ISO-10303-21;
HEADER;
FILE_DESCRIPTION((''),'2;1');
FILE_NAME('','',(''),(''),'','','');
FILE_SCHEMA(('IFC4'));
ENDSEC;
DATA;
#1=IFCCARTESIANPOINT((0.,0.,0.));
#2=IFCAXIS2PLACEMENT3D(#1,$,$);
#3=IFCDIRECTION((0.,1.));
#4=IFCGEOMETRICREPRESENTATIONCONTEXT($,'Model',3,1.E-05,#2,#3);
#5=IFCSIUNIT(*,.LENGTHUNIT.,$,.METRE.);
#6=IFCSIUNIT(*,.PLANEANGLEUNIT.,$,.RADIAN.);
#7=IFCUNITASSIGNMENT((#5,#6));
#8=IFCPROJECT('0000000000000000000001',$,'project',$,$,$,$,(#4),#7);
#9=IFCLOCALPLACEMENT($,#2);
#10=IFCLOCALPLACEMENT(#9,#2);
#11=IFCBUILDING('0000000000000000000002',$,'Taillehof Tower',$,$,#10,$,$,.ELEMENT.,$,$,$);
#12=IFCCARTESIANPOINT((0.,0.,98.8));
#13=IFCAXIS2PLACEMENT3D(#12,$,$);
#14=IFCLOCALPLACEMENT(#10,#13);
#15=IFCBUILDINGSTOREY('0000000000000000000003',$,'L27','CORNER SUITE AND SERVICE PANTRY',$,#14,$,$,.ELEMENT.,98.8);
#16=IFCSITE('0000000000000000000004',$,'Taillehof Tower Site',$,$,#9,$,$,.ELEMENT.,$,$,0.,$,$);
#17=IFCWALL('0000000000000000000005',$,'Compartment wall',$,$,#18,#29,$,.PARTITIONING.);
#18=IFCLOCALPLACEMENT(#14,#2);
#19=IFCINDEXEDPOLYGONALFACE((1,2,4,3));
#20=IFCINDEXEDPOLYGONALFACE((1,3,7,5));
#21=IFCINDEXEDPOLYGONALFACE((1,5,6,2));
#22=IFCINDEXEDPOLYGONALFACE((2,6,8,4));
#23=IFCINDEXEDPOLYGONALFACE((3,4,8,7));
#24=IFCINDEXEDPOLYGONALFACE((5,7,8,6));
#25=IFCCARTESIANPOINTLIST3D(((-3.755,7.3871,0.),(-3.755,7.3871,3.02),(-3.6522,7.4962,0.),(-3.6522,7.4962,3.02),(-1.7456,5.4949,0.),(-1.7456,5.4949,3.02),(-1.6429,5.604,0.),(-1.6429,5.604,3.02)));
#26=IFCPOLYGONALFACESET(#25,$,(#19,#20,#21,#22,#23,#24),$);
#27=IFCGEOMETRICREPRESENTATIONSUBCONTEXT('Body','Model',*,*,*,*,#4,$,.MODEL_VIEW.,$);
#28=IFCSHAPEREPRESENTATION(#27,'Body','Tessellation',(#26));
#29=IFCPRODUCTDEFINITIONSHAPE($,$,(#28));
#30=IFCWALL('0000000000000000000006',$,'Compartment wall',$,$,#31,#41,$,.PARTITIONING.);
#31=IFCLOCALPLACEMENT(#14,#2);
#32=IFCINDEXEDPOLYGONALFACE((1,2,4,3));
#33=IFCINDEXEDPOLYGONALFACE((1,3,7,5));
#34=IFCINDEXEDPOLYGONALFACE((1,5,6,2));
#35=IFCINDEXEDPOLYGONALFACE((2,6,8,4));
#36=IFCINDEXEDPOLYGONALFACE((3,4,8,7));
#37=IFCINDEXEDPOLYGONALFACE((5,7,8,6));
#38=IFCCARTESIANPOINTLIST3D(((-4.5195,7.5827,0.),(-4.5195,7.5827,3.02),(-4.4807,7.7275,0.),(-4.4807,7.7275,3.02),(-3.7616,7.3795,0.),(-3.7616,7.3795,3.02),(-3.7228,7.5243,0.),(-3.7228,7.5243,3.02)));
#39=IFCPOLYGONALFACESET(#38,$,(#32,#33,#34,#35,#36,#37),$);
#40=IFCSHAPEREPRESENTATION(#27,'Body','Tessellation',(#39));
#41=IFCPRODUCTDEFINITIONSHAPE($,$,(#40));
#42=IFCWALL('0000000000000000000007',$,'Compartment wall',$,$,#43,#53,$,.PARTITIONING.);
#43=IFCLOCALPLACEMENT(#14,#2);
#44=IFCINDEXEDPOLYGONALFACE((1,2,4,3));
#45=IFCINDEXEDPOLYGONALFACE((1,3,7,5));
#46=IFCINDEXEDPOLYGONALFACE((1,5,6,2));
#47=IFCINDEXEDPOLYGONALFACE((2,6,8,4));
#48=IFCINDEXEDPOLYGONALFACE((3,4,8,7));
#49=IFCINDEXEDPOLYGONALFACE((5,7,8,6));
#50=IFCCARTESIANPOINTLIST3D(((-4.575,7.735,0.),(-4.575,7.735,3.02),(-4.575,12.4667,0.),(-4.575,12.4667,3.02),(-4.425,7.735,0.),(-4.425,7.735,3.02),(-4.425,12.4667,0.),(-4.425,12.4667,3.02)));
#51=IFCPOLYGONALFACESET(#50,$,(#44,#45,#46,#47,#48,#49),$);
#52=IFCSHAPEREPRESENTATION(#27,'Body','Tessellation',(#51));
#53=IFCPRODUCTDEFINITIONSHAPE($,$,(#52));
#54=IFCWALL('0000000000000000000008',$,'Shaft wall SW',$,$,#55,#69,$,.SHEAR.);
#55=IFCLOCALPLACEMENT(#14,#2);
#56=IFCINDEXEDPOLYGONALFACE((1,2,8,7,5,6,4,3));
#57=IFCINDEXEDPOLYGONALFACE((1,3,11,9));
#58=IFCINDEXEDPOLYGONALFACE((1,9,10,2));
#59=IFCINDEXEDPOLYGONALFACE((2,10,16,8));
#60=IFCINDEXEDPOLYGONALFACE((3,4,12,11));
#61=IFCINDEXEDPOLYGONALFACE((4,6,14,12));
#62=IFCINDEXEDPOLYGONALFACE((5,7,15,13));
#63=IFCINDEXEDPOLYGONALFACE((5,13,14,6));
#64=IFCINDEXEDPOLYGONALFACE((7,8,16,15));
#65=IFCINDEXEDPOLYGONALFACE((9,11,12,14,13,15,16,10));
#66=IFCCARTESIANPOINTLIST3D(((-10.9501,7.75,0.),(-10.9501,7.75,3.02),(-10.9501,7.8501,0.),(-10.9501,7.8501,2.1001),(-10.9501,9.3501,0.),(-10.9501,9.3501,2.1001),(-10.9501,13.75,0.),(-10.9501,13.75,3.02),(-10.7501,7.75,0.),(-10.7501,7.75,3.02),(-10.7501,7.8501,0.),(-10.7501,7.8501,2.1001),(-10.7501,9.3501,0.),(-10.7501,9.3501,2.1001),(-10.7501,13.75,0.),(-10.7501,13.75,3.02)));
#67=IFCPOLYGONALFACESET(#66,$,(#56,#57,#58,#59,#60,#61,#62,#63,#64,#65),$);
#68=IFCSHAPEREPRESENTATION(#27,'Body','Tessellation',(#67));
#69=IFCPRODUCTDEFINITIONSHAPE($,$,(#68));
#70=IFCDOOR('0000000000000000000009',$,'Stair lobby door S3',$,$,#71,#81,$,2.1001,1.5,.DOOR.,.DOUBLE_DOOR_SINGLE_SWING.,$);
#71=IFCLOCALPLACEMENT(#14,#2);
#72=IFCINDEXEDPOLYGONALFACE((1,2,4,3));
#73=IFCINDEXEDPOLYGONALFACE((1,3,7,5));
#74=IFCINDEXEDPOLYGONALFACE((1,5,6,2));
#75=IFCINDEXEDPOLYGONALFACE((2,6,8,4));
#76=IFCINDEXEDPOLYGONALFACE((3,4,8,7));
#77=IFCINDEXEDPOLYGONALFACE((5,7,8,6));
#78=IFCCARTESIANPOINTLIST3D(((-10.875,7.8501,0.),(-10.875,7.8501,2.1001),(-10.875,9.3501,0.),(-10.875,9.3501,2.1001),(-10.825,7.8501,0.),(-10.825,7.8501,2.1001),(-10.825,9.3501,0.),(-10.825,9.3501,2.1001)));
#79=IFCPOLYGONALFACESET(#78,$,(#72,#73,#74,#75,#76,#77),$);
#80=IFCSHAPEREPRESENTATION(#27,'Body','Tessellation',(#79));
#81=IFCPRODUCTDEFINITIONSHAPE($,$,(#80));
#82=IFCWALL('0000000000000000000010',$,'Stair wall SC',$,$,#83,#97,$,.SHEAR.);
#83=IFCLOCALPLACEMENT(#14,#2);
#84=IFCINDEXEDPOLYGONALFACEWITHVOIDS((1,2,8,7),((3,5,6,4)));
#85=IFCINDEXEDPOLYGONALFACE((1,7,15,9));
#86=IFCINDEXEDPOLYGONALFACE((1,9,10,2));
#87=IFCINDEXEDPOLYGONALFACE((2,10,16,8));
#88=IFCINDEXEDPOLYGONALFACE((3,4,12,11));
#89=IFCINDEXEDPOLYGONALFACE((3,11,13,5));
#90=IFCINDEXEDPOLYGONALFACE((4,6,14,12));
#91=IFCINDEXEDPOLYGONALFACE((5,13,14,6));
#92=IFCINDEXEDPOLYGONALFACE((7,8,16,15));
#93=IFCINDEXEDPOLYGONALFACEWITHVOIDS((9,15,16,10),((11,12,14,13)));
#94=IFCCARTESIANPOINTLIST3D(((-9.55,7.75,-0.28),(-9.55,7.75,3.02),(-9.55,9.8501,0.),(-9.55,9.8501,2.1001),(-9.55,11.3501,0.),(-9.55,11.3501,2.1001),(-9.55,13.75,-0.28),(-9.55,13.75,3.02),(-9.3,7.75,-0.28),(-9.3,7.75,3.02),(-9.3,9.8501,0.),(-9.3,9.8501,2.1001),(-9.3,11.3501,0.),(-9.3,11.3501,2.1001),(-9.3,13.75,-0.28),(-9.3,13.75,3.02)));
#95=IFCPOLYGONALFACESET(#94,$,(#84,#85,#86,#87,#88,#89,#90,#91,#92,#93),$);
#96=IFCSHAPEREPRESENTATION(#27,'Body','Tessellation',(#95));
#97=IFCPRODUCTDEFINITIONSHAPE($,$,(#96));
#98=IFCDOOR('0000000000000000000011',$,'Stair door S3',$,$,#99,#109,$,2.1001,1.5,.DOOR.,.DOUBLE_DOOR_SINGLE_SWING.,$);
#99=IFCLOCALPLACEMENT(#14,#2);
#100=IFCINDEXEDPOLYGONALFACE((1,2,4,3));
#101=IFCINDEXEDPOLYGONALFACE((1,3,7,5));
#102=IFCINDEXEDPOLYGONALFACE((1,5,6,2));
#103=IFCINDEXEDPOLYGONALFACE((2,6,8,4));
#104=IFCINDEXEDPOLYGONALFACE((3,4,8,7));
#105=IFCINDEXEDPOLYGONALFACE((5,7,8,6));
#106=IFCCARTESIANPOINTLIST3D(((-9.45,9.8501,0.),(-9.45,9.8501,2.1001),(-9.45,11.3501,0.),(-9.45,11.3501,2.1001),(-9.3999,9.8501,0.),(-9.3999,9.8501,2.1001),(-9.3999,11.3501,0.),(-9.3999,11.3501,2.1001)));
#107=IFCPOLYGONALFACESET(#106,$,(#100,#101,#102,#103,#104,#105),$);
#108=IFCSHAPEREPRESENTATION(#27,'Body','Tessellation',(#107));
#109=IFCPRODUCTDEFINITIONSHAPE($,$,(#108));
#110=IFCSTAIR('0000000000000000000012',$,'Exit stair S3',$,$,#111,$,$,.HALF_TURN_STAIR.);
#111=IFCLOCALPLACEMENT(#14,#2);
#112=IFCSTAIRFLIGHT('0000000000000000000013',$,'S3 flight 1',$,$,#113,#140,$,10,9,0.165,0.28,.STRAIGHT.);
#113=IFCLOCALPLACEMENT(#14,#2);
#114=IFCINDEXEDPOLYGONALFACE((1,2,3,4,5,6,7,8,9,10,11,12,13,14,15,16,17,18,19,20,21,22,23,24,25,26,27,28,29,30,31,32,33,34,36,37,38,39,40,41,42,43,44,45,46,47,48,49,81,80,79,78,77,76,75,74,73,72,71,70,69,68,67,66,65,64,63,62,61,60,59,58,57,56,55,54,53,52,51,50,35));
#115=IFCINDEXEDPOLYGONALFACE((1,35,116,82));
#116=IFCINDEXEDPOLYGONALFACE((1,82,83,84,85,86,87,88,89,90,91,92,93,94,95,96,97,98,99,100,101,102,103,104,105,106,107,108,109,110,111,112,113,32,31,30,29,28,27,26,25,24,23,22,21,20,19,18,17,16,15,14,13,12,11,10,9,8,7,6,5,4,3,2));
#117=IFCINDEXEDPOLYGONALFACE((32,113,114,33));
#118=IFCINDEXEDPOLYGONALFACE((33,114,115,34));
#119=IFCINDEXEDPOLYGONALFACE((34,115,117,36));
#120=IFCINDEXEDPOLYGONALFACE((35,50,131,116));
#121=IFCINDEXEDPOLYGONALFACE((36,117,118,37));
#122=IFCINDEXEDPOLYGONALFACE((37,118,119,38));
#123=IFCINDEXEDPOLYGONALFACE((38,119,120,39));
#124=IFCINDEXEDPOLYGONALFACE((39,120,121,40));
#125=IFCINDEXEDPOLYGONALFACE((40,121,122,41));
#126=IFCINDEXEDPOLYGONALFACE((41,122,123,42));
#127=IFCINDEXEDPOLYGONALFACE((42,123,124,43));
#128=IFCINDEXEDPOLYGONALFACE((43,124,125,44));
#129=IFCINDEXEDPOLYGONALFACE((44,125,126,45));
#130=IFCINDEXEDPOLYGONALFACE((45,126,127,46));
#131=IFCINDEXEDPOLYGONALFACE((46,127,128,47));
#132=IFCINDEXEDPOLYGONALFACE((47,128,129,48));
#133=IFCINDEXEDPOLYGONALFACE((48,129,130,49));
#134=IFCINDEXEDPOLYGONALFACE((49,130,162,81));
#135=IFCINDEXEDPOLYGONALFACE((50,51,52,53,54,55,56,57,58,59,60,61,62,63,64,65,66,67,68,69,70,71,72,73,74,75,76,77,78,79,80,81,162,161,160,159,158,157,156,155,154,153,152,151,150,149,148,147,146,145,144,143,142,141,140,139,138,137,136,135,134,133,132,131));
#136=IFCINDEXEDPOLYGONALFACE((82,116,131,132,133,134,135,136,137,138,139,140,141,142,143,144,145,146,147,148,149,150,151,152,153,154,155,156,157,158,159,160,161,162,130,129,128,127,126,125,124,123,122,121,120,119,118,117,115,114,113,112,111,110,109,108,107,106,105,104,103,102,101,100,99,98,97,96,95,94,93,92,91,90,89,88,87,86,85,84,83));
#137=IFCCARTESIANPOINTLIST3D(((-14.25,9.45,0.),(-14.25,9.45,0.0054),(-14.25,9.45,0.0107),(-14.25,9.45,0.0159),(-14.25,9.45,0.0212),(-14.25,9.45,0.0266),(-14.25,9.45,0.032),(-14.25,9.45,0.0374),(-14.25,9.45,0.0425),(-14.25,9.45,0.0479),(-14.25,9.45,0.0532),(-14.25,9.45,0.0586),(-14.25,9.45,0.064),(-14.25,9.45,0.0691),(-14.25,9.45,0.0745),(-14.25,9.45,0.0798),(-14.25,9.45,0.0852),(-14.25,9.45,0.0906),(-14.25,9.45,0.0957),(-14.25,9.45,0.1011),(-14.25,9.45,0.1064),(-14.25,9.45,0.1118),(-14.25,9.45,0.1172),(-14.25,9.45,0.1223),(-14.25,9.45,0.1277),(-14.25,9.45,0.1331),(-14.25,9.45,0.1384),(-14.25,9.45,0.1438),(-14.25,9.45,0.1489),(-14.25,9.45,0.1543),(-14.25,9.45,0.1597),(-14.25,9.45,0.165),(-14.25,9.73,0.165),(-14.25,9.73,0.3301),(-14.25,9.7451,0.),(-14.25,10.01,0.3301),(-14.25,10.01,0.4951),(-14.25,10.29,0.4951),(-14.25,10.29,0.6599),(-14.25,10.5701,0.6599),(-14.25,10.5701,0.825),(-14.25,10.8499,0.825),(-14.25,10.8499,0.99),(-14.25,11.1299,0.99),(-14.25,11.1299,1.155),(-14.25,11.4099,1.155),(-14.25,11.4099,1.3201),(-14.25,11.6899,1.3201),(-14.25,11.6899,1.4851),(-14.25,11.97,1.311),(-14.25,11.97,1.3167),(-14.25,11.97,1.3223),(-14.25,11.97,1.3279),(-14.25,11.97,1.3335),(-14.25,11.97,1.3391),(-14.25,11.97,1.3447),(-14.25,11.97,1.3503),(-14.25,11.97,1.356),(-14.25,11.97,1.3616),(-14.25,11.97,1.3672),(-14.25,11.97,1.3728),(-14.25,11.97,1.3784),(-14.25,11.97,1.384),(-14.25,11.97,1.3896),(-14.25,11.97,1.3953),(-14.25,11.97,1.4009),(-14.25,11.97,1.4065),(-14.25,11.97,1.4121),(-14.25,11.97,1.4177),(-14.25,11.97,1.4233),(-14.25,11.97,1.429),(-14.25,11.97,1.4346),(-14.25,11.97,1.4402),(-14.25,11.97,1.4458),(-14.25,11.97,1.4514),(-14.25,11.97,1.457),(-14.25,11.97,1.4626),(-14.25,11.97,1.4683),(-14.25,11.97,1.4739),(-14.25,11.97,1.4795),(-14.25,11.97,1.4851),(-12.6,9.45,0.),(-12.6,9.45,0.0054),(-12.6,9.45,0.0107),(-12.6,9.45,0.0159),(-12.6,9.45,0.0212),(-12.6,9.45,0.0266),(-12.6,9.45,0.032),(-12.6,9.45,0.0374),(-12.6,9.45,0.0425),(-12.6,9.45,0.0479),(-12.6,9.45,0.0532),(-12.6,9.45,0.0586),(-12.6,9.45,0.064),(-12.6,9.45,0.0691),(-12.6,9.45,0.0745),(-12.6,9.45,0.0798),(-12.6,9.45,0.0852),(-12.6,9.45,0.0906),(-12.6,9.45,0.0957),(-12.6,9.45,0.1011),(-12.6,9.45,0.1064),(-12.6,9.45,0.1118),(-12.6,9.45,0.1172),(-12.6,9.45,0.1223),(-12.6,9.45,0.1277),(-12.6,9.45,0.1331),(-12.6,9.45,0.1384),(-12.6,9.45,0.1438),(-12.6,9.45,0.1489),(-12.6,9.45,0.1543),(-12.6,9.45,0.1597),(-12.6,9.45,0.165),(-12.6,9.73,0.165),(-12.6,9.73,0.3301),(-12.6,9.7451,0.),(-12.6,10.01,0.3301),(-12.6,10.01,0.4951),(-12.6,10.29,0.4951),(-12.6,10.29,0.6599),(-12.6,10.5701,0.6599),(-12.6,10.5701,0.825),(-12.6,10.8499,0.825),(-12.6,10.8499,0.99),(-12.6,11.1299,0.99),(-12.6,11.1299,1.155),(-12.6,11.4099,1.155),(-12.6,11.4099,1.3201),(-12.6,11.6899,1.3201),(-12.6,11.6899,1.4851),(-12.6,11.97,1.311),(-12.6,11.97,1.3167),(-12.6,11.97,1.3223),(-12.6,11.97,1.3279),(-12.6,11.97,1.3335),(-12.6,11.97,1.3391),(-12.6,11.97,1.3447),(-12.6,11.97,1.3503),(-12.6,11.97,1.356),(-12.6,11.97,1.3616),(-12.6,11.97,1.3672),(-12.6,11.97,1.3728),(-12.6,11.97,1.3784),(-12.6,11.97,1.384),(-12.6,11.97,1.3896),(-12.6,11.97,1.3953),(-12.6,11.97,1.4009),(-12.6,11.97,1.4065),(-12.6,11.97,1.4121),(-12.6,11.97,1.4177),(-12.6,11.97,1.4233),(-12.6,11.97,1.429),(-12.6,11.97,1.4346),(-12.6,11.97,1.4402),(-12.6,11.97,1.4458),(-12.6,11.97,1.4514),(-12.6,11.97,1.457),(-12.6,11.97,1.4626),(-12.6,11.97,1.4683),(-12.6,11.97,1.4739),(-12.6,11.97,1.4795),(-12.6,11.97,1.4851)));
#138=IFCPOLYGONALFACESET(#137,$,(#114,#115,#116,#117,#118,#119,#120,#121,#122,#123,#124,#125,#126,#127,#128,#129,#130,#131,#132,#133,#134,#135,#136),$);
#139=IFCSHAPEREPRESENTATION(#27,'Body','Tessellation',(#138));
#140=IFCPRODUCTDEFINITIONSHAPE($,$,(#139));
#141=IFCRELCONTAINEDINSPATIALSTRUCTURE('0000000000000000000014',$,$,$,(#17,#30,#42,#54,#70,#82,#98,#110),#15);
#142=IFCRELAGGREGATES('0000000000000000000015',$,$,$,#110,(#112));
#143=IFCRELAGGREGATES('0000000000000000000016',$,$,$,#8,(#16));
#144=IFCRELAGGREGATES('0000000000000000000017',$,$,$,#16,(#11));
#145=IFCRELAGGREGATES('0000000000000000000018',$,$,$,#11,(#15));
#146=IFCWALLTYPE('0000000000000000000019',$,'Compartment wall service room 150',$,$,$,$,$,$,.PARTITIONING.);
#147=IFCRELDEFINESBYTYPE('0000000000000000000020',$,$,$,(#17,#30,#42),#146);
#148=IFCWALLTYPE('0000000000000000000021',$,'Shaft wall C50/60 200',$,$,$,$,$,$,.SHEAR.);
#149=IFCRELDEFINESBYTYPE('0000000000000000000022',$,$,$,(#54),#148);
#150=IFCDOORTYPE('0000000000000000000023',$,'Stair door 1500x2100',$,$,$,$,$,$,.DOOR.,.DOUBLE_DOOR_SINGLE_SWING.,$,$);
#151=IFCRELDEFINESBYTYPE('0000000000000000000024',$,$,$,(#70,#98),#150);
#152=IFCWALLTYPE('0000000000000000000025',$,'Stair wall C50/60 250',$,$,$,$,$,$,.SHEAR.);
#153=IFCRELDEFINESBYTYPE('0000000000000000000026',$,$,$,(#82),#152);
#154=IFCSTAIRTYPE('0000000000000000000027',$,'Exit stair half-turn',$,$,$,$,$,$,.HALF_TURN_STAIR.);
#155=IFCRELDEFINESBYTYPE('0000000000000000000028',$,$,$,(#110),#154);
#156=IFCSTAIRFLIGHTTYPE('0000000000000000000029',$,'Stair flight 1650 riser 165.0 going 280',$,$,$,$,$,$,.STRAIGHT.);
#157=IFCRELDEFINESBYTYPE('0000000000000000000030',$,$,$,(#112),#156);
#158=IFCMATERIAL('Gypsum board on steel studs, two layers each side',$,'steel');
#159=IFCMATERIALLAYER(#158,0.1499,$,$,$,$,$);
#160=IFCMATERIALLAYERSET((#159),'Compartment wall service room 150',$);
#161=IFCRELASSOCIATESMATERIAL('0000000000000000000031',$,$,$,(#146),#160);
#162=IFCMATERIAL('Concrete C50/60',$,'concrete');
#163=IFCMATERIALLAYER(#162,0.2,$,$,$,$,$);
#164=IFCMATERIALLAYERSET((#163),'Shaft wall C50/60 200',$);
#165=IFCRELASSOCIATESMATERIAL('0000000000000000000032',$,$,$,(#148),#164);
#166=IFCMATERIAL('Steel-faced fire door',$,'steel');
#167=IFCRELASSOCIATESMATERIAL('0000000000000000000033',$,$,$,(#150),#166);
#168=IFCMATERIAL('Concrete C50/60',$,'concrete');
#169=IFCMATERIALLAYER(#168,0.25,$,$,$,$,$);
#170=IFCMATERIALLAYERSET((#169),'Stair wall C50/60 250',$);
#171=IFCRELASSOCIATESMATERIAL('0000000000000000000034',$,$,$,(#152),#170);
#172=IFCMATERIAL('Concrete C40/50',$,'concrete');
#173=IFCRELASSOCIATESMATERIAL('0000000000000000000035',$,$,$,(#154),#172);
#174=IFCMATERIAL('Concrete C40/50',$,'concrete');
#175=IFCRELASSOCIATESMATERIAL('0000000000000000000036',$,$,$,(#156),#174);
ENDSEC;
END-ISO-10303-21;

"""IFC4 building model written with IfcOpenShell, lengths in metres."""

from ifc_helpers import new_model, si_unit, direction, frame, frame_2d, origin, place, context, subcontext, project, spatial, polyline, rectangle, outline, extrude, material, layer, layer_set, type_object, element, fill, aggregate, save


model = new_model("IFC4")

# Units and contexts
model_context = context("Model", 3, precision=1e-05, world=origin(), true_north=direction((0.0, 1.0)))
body_context = subcontext(model_context, "Body", "Model", "MODEL_VIEW")
ifc_project = project(units=[si_unit("LENGTHUNIT", "METRE"), si_unit("PLANEANGLEUNIT", "RADIAN")], contexts=[model_context])

# Site, building, storey
site_placement = place(None, origin())
site = spatial("IfcSite", under=ifc_project, at=site_placement, Name="Taillehof Tower Site", CompositionType="ELEMENT", RefElevation=0.0)
building_placement = place(site_placement, origin())
building = spatial("IfcBuilding", under=site, at=building_placement, Name="Taillehof Tower", CompositionType="ELEMENT")
storey_placement = place(building_placement, frame((0.0, 0.0, 98.8)))
storey = spatial("IfcBuildingStorey", under=building, at=storey_placement, Name="L27", Description="CORNER SUITE AND SERVICE PANTRY", CompositionType="ELEMENT", Elevation=98.8)

# Walls
ifc_material_1 = material(Name="Gypsum board on steel studs, two layers each side", Category="steel")
ifc_layer_1 = layer(ifc_material_1, 0.1499)
ifc_layer_set_1 = layer_set([ifc_layer_1], Name="Compartment wall service room 150")
wall_type_1 = type_object("IfcWallType", Name="Compartment wall service room 150", PredefinedType="PARTITIONING", material=ifc_layer_set_1)
wall_1_placement = place(storey_placement, frame((-1.6943, 5.5496, 0.0), z_axis=(0.0, 0.0, 1.0), x_axis=(-0.728018, 0.685558, 0.0)))
element("IfcWall", 1, at=wall_1_placement, inside=storey, type_object=wall_type_1, Name="Compartment wall", PredefinedType="PARTITIONING", context=body_context, shape_type="SweptSolid", body=[
    extrude(rectangle(XDim=2.76, YDim=0.1499, at=frame_2d((1.3799, 0.0))), origin(), (0.0, 0.0, 1.0), 3.02),
])
wall_2_placement = place(storey_placement, frame((-3.7422, 7.4519, 0.0), z_axis=(0.0, 0.0, 1.0), x_axis=(-0.965904, 0.258902, 0.0)))
element("IfcWall", 2, at=wall_2_placement, inside=storey, type_object=wall_type_1, Name="Compartment wall", PredefinedType="PARTITIONING", context=body_context, shape_type="SweptSolid", body=[
    extrude(rectangle(XDim=0.7847, YDim=0.1499, at=frame_2d((0.3923, 0.0))), origin(), (0.0, 0.0, 1.0), 3.02),
])
wall_3_placement = place(storey_placement, frame((-4.5, 7.7351, 0.0), z_axis=(0.0, 0.0, 1.0), x_axis=(0.0, 1.0, 0.0)))
element("IfcWall", 3, at=wall_3_placement, inside=storey, type_object=wall_type_1, Name="Compartment wall", PredefinedType="PARTITIONING", context=body_context, shape_type="SweptSolid", body=[
    extrude(rectangle(XDim=4.7317, YDim=0.1499, at=frame_2d((2.3657, 0.0))), origin(), (0.0, 0.0, 1.0), 3.02),
])

# Walls, openings, doors
ifc_material_2 = material(Name="Concrete C50/60", Category="concrete")
ifc_layer_2 = layer(ifc_material_2, 0.2)
ifc_layer_set_2 = layer_set([ifc_layer_2], Name="Shaft wall C50/60 200")
wall_type_2 = type_object("IfcWallType", Name="Shaft wall C50/60 200", PredefinedType="SHEAR", material=ifc_layer_set_2)
wall_4_placement = place(storey_placement, frame((-10.8501, 7.75, 0.0), z_axis=(0.0, 0.0, 1.0), x_axis=(0.0, 1.0, 0.0)))
wall_4 = element("IfcWall", 4, at=wall_4_placement, inside=storey, type_object=wall_type_2, Name="Shaft wall SW", PredefinedType="SHEAR", context=body_context, shape_type="SweptSolid", body=[
    extrude(rectangle(XDim=6.0, YDim=0.2, at=frame_2d((3.0, 0.0))), origin(), (0.0, 0.0, 1.0), 3.02),
])
opening_1_placement = place(wall_4_placement, frame((0.1001, 0.0, 0.0)))
opening_1 = element("IfcOpeningElement", 5, at=opening_1_placement, cuts=wall_4, PredefinedType="OPENING", context=body_context, shape_type="SweptSolid", body=[
    extrude(rectangle(XDim=1.5, YDim=2.1001, at=frame_2d((0.75, 1.05))), frame((0.0, 0.1099, 0.0), z_axis=(0.0, -1.0, 0.0), x_axis=(1.0, 0.0, 0.0)), (0.0, 0.0, 1.0), 0.22),
])
ifc_material_3 = material(Name="Steel-faced fire door", Category="steel")
door_type = type_object("IfcDoorType", Name="Stair door 1500x2100", OperationType="DOUBLE_DOOR_SINGLE_SWING", PredefinedType="DOOR", material=ifc_material_3)
door_1_placement = place(opening_1_placement, origin())
door_1 = element("IfcDoor", 6, at=door_1_placement, inside=storey, type_object=door_type, Name="Stair lobby door S3", OperationType="DOUBLE_DOOR_SINGLE_SWING", OverallHeight=2.1001, OverallWidth=1.5, PredefinedType="DOOR", context=body_context, shape_type="SweptSolid", body=[
    extrude(rectangle(XDim=1.5, YDim=2.1001, at=frame_2d((0.75, 1.05))), frame((0.0, 0.0249, 0.0), z_axis=(0.0, -1.0, 0.0), x_axis=(1.0, 0.0, 0.0)), (0.0, 0.0, 1.0), 0.05),
])
fill(opening_1, door_1)
ifc_material_4 = material(Name="Concrete C50/60", Category="concrete")
ifc_layer_3 = layer(ifc_material_4, 0.25)
ifc_layer_set_3 = layer_set([ifc_layer_3], Name="Stair wall C50/60 250")
wall_type_3 = type_object("IfcWallType", Name="Stair wall C50/60 250", PredefinedType="SHEAR", material=ifc_layer_set_3)
wall_5_placement = place(storey_placement, frame((-9.425, 7.75, -0.28), z_axis=(0.0, 0.0, 1.0), x_axis=(0.0, 1.0, 0.0)))
wall_5 = element("IfcWall", 7, at=wall_5_placement, inside=storey, type_object=wall_type_3, Name="Stair wall SC", PredefinedType="SHEAR", context=body_context, shape_type="SweptSolid", body=[
    extrude(rectangle(XDim=6.0, YDim=0.25, at=frame_2d((3.0, 0.0))), origin(), (0.0, 0.0, 1.0), 3.3),
])
opening_2_placement = place(wall_5_placement, frame((2.1001, 0.0, 0.28)))
opening_2 = element("IfcOpeningElement", 8, at=opening_2_placement, cuts=wall_5, PredefinedType="OPENING", context=body_context, shape_type="SweptSolid", body=[
    extrude(rectangle(XDim=1.5, YDim=2.1001, at=frame_2d((0.75, 1.05))), frame((0.0, 0.135, 0.0), z_axis=(0.0, -1.0, 0.0), x_axis=(1.0, 0.0, 0.0)), (0.0, 0.0, 1.0), 0.27),
])
door_2_placement = place(opening_2_placement, origin())
door_2 = element("IfcDoor", 9, at=door_2_placement, inside=storey, type_object=door_type, Name="Stair door S3", OperationType="DOUBLE_DOOR_SINGLE_SWING", OverallHeight=2.1001, OverallWidth=1.5, PredefinedType="DOOR", context=body_context, shape_type="SweptSolid", body=[
    extrude(rectangle(XDim=1.5, YDim=2.1001, at=frame_2d((0.75, 1.05))), frame((0.0, 0.0249, 0.0), z_axis=(0.0, -1.0, 0.0), x_axis=(1.0, 0.0, 0.0)), (0.0, 0.0, 1.0), 0.05),
])
fill(opening_2, door_2)

# Stair, stair flight
ifc_material_5 = material(Name="Concrete C40/50", Category="concrete")
stair_type = type_object("IfcStairType", Name="Exit stair half-turn", PredefinedType="HALF_TURN_STAIR", material=ifc_material_5)
stair_placement = place(storey_placement, origin())
stair = element("IfcStair", 10, at=stair_placement, inside=storey, type_object=stair_type, Name="Exit stair S3", PredefinedType="HALF_TURN_STAIR")
ifc_material_6 = material(Name="Concrete C40/50", Category="concrete")
stair_flight_type = type_object("IfcStairFlightType", Name="Stair flight 1650 riser 165.0 going 280", PredefinedType="STRAIGHT", material=ifc_material_6)
stair_flight_1_placement = place(storey_placement, frame((-13.425, 9.45, 0.0), z_axis=(0.0, 0.0, 1.0), x_axis=(0.0, 1.0, 0.0)))
stair_flight_1 = element("IfcStairFlight", 11, at=stair_flight_1_placement, type_object=stair_flight_type, Name="S3 flight 1", NumberOfRisers=10, NumberOfTreads=9, PredefinedType="STRAIGHT", RiserHeight=0.165, TreadLength=0.28, context=body_context, shape_type="SweptSolid", body=[
    extrude(outline(polyline([(0.0, 0.0), (0.0, 0.0054), (0.0, 0.0107), (0.0, 0.0159), (0.0, 0.0212), (0.0, 0.0266), (0.0, 0.032), (0.0, 0.0374), (0.0, 0.0425), (0.0, 0.0479), (0.0, 0.0532), (0.0, 0.0586), (0.0, 0.064), (0.0, 0.0691), (0.0, 0.0745), (0.0, 0.0798), (0.0, 0.0852), (0.0, 0.0906), (0.0, 0.0957), (0.0, 0.1011), (0.0, 0.1064), (0.0, 0.1118), (0.0, 0.1172), (0.0, 0.1223), (0.0, 0.1277), (0.0, 0.1331), (0.0, 0.1384), (0.0, 0.1438), (0.0, 0.1489), (0.0, 0.1543), (0.0, 0.1597), (0.0, 0.165), (0.28, 0.165), (0.28, 0.3301), (0.5601, 0.3301), (0.5601, 0.4951), (0.8401, 0.4951), (0.8401, 0.6599), (1.1201, 0.6599), (1.1201, 0.825), (1.3999, 0.825), (1.3999, 0.99), (1.6799, 0.99), (1.6799, 1.155), (1.96, 1.155), (1.96, 1.3201), (2.24, 1.3201), (2.24, 1.4851), (2.52, 1.4851), (2.52, 1.4795), (2.52, 1.4739), (2.52, 1.4683), (2.52, 1.4626), (2.52, 1.457), (2.52, 1.4514), (2.52, 1.4458), (2.52, 1.4402), (2.52, 1.4346), (2.52, 1.429), (2.52, 1.4233), (2.52, 1.4177), (2.52, 1.4121), (2.52, 1.4065), (2.52, 1.4009), (2.52, 1.3953), (2.52, 1.3896), (2.52, 1.384), (2.52, 1.3784), (2.52, 1.3728), (2.52, 1.3672), (2.52, 1.3616), (2.52, 1.356), (2.52, 1.3503), (2.52, 1.3447), (2.52, 1.3391), (2.52, 1.3335), (2.52, 1.3279), (2.52, 1.3223), (2.52, 1.3167), (2.52, 1.311), (0.2952, 0.0), (0.0, 0.0)])), frame((0.0, 0.825, 0.0), z_axis=(0.0, -1.0, 0.0), x_axis=(1.0, 0.0, 0.0)), (0.0, 0.0, 1.0), 1.65),
])
aggregate(stair, [stair_flight_1])

save(model, "model.ifc")
